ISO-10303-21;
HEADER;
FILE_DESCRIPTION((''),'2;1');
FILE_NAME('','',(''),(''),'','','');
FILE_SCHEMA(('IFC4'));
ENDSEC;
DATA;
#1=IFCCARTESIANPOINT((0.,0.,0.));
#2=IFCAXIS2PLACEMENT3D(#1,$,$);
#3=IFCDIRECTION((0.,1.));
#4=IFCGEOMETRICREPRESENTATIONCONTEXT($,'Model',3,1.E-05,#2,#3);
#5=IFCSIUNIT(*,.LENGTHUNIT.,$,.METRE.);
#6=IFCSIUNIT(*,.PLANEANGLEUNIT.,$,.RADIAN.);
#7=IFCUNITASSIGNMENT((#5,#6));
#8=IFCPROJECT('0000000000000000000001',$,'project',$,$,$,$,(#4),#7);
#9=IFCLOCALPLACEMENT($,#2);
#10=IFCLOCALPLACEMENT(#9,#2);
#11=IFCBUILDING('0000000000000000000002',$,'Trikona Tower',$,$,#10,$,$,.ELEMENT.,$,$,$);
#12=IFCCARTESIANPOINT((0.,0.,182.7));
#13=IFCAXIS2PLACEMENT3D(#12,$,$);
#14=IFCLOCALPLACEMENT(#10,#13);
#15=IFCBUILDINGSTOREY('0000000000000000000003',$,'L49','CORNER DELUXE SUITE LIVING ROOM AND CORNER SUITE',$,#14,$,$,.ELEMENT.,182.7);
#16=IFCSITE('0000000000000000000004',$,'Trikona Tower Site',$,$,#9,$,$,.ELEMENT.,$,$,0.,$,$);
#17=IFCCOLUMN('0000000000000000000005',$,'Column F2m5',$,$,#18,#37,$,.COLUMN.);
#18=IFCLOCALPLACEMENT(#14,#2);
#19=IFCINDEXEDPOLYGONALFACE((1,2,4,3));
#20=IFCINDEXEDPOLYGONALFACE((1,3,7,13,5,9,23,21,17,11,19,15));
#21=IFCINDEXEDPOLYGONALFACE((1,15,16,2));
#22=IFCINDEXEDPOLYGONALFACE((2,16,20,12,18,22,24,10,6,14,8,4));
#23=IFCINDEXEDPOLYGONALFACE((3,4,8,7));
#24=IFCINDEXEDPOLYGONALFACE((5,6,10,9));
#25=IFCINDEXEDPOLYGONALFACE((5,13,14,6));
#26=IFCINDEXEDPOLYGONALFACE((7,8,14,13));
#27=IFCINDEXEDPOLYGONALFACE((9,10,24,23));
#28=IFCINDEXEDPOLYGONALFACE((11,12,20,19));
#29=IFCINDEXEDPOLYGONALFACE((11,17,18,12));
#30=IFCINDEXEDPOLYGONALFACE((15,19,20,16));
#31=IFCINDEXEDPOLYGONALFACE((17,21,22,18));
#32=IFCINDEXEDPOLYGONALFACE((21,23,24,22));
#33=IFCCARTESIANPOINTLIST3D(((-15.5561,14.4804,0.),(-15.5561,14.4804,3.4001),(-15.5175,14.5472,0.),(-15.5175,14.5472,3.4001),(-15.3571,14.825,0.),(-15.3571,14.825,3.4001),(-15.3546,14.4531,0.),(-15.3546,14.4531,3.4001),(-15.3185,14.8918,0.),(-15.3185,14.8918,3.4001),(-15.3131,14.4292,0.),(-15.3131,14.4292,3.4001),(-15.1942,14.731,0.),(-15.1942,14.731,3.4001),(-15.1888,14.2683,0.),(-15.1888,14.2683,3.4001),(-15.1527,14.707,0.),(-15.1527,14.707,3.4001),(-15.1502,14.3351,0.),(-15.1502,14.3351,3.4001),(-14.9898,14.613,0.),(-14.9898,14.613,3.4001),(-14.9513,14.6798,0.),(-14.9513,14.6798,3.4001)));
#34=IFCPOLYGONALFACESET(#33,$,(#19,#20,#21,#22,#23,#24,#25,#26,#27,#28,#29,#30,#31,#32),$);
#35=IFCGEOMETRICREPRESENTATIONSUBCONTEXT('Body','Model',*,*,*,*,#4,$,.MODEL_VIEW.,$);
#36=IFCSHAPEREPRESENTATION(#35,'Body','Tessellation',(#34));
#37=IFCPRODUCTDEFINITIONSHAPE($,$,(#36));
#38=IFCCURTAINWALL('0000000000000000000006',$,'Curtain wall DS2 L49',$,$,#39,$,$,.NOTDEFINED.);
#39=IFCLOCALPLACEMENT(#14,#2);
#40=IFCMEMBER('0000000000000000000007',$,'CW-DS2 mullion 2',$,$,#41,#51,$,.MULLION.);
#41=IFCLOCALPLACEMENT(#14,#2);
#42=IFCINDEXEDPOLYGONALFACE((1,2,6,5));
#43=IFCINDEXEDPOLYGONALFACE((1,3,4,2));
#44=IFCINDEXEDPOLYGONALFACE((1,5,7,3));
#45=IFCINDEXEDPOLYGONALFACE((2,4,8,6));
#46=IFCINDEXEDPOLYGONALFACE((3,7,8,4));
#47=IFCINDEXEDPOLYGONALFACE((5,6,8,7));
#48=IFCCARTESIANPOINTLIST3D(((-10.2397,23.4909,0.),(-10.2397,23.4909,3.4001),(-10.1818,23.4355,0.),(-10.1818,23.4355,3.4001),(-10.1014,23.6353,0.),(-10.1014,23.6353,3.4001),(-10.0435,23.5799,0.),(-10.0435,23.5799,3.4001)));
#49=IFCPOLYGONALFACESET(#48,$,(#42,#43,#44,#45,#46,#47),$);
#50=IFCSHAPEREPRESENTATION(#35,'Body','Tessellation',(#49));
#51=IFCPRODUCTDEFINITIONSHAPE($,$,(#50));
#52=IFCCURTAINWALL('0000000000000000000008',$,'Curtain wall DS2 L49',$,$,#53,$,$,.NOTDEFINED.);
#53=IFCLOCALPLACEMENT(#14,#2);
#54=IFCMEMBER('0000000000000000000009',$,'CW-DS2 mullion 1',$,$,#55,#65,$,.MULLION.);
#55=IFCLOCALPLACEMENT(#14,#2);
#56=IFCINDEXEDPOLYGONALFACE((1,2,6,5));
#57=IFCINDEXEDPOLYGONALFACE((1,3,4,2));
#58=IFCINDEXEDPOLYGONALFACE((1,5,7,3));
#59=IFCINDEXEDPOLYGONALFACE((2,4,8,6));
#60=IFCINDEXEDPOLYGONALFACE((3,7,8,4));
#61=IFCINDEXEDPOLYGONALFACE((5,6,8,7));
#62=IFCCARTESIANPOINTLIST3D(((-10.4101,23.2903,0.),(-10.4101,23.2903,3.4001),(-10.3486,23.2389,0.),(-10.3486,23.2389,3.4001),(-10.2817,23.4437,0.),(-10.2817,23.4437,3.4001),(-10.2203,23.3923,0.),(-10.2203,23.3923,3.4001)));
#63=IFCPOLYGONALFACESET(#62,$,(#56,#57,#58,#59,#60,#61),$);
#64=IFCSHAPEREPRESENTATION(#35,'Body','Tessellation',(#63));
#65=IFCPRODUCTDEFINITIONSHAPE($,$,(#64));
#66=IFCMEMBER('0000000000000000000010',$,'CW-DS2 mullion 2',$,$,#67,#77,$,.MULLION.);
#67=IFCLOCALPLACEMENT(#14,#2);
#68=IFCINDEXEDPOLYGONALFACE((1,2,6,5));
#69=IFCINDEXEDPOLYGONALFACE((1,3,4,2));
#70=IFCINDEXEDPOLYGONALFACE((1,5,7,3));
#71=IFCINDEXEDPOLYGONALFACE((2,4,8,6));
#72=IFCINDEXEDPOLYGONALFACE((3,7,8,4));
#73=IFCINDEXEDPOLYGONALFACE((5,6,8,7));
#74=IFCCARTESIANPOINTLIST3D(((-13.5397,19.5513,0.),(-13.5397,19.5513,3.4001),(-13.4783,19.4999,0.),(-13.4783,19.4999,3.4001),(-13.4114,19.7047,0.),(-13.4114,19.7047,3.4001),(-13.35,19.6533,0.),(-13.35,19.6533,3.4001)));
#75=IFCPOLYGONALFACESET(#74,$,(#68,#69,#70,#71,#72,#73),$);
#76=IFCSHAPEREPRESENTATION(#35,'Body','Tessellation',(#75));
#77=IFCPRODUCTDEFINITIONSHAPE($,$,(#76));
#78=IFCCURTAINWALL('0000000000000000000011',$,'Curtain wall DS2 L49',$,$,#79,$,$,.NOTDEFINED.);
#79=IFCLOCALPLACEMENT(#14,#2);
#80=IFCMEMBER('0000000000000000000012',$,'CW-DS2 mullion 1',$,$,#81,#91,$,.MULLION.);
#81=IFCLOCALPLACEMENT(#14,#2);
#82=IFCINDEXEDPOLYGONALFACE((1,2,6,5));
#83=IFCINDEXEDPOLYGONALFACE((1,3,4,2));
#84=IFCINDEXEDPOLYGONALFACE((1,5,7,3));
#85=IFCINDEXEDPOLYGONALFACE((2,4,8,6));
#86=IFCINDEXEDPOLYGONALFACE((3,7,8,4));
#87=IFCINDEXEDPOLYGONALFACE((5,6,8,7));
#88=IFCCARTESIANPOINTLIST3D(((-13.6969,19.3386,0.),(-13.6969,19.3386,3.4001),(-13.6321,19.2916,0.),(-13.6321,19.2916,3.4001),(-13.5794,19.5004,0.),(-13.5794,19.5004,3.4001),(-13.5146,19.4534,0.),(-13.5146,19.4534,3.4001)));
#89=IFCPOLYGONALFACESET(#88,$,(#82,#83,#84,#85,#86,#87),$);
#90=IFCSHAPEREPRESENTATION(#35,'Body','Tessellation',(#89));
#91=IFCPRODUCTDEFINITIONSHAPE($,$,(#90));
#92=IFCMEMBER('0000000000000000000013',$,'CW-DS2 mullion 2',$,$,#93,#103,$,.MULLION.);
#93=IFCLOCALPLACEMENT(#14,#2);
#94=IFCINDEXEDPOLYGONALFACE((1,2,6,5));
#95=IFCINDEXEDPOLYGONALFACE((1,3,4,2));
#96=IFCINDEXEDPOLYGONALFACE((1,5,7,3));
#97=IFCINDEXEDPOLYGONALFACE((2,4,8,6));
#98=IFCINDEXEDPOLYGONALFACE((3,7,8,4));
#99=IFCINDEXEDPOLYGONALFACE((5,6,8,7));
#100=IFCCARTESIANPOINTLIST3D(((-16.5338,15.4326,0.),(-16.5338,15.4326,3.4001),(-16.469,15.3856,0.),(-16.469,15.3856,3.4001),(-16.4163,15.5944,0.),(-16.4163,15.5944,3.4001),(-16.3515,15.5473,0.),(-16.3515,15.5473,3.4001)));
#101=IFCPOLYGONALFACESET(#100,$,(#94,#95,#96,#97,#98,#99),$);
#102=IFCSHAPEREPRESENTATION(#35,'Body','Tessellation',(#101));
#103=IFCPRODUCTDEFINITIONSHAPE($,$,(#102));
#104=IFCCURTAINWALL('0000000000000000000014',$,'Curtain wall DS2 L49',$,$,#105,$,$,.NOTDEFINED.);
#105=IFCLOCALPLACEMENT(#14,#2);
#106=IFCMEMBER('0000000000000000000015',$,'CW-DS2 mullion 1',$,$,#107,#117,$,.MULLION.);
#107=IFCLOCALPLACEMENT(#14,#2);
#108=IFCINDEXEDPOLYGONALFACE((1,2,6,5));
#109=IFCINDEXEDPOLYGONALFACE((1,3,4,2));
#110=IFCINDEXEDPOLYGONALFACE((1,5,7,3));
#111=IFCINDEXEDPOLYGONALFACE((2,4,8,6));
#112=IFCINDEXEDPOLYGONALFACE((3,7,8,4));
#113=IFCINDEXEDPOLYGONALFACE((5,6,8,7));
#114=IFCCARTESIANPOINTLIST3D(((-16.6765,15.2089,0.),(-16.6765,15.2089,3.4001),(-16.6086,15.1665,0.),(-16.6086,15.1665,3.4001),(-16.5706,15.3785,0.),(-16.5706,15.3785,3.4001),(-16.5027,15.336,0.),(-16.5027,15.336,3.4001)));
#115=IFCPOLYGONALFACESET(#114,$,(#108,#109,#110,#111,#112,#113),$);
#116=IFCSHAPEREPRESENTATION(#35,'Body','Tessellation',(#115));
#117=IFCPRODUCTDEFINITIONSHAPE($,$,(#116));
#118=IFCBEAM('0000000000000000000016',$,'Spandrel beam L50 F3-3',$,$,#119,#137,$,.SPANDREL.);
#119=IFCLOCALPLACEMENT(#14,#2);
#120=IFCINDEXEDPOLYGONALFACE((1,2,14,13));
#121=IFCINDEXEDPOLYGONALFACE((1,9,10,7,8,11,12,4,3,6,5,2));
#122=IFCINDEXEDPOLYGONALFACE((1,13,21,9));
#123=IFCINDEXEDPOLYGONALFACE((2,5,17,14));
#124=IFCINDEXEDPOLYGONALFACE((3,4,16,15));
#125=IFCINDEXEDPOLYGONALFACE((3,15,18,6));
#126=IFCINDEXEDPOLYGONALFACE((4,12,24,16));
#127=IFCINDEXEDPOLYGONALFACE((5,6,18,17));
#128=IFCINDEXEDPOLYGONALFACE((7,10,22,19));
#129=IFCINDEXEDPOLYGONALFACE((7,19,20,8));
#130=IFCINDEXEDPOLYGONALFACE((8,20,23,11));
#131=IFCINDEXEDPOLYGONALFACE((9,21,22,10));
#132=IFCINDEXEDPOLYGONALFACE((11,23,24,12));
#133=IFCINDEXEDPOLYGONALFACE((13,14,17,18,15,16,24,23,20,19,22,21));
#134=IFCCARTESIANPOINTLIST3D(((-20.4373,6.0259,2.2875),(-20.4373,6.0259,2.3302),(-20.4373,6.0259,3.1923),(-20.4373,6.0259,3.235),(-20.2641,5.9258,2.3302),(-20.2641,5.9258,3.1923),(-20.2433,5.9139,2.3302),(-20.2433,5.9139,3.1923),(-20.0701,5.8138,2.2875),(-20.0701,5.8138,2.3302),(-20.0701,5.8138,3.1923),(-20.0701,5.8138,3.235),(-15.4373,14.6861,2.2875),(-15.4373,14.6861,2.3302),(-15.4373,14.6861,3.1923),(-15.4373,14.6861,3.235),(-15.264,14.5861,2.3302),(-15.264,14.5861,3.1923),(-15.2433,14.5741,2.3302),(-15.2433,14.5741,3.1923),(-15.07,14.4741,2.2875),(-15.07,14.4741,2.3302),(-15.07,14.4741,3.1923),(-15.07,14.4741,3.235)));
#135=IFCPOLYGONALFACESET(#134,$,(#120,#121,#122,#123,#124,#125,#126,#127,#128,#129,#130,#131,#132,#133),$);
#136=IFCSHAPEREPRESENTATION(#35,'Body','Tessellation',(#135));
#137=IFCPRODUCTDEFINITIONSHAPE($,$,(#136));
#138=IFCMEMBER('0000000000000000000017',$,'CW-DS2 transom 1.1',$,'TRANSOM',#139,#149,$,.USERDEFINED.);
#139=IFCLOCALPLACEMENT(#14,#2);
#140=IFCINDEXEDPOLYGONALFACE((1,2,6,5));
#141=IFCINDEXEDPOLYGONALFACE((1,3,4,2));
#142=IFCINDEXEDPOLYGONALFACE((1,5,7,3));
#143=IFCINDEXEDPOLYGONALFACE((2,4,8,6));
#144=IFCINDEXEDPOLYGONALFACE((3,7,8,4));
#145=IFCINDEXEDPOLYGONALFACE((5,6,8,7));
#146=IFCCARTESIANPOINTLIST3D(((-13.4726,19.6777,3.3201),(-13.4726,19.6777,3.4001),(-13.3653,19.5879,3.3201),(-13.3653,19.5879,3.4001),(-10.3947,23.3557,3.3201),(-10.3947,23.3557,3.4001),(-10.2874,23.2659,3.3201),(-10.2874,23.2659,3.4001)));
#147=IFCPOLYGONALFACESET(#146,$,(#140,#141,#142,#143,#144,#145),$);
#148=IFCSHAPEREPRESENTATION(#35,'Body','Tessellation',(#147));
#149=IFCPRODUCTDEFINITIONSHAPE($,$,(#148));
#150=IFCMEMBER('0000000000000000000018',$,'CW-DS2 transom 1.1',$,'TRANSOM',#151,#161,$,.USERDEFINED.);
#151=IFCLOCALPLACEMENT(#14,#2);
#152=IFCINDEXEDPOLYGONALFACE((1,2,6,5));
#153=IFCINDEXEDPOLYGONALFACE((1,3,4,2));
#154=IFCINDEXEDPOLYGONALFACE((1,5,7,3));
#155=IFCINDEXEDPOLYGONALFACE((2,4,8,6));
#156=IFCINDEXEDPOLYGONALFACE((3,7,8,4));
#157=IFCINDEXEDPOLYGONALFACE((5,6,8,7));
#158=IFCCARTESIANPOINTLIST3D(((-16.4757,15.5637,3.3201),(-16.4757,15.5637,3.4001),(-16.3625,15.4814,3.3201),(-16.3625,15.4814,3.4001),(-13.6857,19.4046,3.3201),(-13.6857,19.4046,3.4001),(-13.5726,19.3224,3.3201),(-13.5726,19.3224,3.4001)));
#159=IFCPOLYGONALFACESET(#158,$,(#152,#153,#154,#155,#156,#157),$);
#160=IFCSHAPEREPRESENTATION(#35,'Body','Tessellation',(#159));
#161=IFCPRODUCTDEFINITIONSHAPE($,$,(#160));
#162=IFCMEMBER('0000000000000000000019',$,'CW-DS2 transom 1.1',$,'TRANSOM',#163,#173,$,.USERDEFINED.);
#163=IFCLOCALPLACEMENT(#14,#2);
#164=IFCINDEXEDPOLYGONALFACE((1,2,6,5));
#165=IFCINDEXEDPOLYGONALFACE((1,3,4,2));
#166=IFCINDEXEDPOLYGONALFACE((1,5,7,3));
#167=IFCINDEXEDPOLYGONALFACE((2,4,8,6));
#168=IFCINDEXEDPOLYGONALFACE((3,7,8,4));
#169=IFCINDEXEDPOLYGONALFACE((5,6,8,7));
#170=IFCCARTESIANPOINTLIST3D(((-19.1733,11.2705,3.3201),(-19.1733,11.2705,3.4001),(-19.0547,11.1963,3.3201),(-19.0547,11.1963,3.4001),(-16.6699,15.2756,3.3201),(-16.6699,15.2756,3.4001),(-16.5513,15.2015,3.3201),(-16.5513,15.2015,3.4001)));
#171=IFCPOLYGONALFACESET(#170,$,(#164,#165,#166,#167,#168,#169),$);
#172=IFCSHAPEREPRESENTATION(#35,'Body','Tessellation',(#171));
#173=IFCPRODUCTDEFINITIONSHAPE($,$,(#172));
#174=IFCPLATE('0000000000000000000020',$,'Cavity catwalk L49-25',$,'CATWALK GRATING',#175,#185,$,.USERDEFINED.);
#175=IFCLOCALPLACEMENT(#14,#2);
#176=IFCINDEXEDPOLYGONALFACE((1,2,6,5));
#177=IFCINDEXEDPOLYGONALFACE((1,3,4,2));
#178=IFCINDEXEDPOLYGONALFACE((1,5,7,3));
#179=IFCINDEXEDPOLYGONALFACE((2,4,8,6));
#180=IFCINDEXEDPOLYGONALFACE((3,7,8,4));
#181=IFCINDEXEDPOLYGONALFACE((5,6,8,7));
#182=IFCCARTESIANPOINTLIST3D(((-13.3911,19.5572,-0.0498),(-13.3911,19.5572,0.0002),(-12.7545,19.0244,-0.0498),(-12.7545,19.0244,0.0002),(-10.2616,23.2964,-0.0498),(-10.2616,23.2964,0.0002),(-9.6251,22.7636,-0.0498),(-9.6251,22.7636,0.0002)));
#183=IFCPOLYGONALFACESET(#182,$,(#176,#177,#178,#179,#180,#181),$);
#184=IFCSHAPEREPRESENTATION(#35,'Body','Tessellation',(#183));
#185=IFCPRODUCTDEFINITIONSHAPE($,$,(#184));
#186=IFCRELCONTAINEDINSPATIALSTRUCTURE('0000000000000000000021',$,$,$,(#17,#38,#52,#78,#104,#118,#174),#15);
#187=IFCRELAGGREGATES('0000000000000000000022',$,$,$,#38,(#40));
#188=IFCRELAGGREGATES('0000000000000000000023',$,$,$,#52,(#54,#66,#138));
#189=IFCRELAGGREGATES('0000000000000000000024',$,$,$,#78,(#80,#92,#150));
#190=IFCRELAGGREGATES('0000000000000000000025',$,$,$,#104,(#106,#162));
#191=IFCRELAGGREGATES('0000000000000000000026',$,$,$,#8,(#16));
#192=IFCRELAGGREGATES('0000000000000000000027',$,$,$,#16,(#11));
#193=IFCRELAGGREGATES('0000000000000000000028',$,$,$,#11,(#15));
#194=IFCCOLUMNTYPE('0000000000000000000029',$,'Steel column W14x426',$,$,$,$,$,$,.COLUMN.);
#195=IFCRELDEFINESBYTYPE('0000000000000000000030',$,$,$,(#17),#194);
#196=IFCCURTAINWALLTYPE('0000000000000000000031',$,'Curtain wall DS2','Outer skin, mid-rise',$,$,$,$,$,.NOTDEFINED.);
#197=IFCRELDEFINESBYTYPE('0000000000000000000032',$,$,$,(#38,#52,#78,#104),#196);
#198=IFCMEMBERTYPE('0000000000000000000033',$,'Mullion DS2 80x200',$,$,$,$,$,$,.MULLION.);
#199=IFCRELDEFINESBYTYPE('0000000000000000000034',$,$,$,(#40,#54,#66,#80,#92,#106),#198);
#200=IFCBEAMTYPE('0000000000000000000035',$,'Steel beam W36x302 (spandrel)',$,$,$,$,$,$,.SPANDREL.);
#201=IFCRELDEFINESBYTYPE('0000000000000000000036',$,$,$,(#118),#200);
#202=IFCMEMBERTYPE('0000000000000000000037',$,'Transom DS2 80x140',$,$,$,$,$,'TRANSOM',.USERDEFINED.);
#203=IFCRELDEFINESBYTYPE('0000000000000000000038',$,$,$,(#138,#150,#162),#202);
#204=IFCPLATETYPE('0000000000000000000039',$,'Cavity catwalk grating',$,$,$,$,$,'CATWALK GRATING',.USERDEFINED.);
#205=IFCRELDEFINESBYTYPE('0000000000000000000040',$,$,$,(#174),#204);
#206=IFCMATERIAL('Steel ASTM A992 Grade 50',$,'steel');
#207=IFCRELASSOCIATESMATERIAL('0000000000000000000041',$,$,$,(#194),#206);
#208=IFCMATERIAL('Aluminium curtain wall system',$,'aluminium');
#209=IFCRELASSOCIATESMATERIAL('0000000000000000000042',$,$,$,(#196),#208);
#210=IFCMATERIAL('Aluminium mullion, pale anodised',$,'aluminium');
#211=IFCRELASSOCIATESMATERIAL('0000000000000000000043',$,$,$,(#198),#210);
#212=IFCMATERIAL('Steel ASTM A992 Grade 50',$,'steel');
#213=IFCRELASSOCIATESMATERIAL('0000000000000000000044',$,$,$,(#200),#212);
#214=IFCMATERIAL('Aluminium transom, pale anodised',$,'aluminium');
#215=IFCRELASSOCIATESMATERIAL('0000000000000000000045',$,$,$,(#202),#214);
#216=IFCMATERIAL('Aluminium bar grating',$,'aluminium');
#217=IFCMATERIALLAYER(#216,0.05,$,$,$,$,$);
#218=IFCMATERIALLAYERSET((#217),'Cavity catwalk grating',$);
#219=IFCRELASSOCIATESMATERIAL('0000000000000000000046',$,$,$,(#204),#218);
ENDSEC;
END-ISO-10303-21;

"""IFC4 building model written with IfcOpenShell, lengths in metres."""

from ifc_helpers import new_model, si_unit, direction, frame, origin, origin_2d, place, context, subcontext, project, spatial, rectangle, i_section, extrude, material, layer, layer_set, material_profile, profile_set, type_object, element, aggregate, save


model = new_model("IFC4")

# Units and contexts
model_context = context("Model", 3, precision=1e-05, world=origin(), true_north=direction((0.0, 1.0)))
body_context = subcontext(model_context, "Body", "Model", "MODEL_VIEW")
ifc_project = project(units=[si_unit("LENGTHUNIT", "METRE"), si_unit("PLANEANGLEUNIT", "RADIAN")], contexts=[model_context])

# Site, building, storey
site_placement = place(None, origin())
site = spatial("IfcSite", under=ifc_project, at=site_placement, Name="Trikona Tower Site", CompositionType="ELEMENT", RefElevation=0.0)
building_placement = place(site_placement, origin())
building = spatial("IfcBuilding", under=site, at=building_placement, Name="Trikona Tower", CompositionType="ELEMENT")
storey_placement = place(building_placement, frame((0.0, 0.0, 182.7)))
storey = spatial("IfcBuildingStorey", under=building, at=storey_placement, Name="L49", Description="CORNER DELUXE SUITE LIVING ROOM AND CORNER SUITE", CompositionType="ELEMENT", Elevation=182.7)

# Column
ifc_material_1 = material(Name="Steel ASTM A992 Grade 50", Category="steel")
ifc_material_profile_1 = material_profile(ifc_material_1, i_section(OverallWidth=0.4241, OverallDepth=0.4751, WebThickness=0.0479, FlangeThickness=0.0771, at=origin_2d()), Name="W14X426")
ifc_profile_set_1 = profile_set([ifc_material_profile_1], Name="Steel ASTM A992 Grade 50")
column_type = type_object("IfcColumnType", Name="Steel column W14x426", PredefinedType="COLUMN", material=ifc_profile_set_1)
column_placement = place(storey_placement, frame((-15.2537, 14.5801, 0.0), z_axis=(0.0, 0.0, 1.0), x_axis=(-0.866025, 0.5, 0.0)))
element("IfcColumn", 1, at=column_placement, inside=storey, type_object=column_type, Name="Column F2m5", PredefinedType="COLUMN", context=body_context, shape_type="SweptSolid", body=[
    extrude(i_section(OverallWidth=0.4241, OverallDepth=0.4751, WebThickness=0.0479, FlangeThickness=0.0771, at=origin_2d()), origin(), (0.0, 0.0, 1.0), 3.4001),
])

# Curtain wall, member
ifc_material_2 = material(Name="Aluminium curtain wall system", Category="aluminium")
curtain_wall_type = type_object("IfcCurtainWallType", Name="Curtain wall DS2", Description="Outer skin, mid-rise", PredefinedType="NOTDEFINED", material=ifc_material_2)
curtain_wall_1_placement = place(storey_placement, origin())
curtain_wall_1 = element("IfcCurtainWall", 2, at=curtain_wall_1_placement, inside=storey, type_object=curtain_wall_type, Name="Curtain wall DS2 L49", PredefinedType="NOTDEFINED")
ifc_material_3 = material(Name="Aluminium mullion, pale anodised", Category="aluminium")
ifc_material_profile_2 = material_profile(ifc_material_3, rectangle(XDim=0.0801, YDim=0.2, at=origin_2d()), Name="MUL-DS2")
ifc_profile_set_2 = profile_set([ifc_material_profile_2], Name="Aluminium mullion, pale anodised")
member_type_1 = type_object("IfcMemberType", Name="Mullion DS2 80x200", PredefinedType="MULLION", material=ifc_profile_set_2)
member_1_placement = place(storey_placement, frame((-10.1416, 23.5354, 0.0), z_axis=(0.0, 0.0, 1.0), x_axis=(0.722158, -0.691728, 0.0)))
member_1 = element("IfcMember", 3, at=member_1_placement, type_object=member_type_1, Name="CW-DS2 mullion 2", PredefinedType="MULLION", context=body_context, shape_type="SweptSolid", body=[
    extrude(rectangle(XDim=0.0801, YDim=0.2, at=origin_2d()), origin(), (0.0, 0.0, 1.0), 3.4001),
])
aggregate(curtain_wall_1, [member_1])

# Curtain walls, members
curtain_wall_2_placement = place(storey_placement, origin())
curtain_wall_2 = element("IfcCurtainWall", 4, at=curtain_wall_2_placement, inside=storey, type_object=curtain_wall_type, Name="Curtain wall DS2 L49", PredefinedType="NOTDEFINED")
member_2_placement = place(storey_placement, frame((-10.3152, 23.3413, 0.0), z_axis=(0.0, 0.0, 1.0), x_axis=(0.766867, -0.641806, 0.0)))
member_2 = element("IfcMember", 5, at=member_2_placement, type_object=member_type_1, Name="CW-DS2 mullion 1", PredefinedType="MULLION", context=body_context, shape_type="SweptSolid", body=[
    extrude(rectangle(XDim=0.0801, YDim=0.2, at=origin_2d()), origin(), (0.0, 0.0, 1.0), 3.4001),
])
member_3_placement = place(storey_placement, frame((-13.4448, 19.6023, 0.0), z_axis=(0.0, 0.0, 1.0), x_axis=(0.766867, -0.641806, 0.0)))
member_3 = element("IfcMember", 6, at=member_3_placement, type_object=member_type_1, Name="CW-DS2 mullion 2", PredefinedType="MULLION", context=body_context, shape_type="SweptSolid", body=[
    extrude(rectangle(XDim=0.0801, YDim=0.2, at=origin_2d()), origin(), (0.0, 0.0, 1.0), 3.4001),
])
curtain_wall_3_placement = place(storey_placement, origin())
curtain_wall_3 = element("IfcCurtainWall", 7, at=curtain_wall_3_placement, inside=storey, type_object=curtain_wall_type, Name="Curtain wall DS2 L49", PredefinedType="NOTDEFINED")
member_4_placement = place(storey_placement, frame((-13.6057, 19.396, 0.0), z_axis=(0.0, 0.0, 1.0), x_axis=(0.809086, -0.587691, 0.0)))
member_4 = element("IfcMember", 8, at=member_4_placement, type_object=member_type_1, Name="CW-DS2 mullion 1", PredefinedType="MULLION", context=body_context, shape_type="SweptSolid", body=[
    extrude(rectangle(XDim=0.0801, YDim=0.2, at=origin_2d()), origin(), (0.0, 0.0, 1.0), 3.4001),
])
member_5_placement = place(storey_placement, frame((-16.4426, 15.49, 0.0), z_axis=(0.0, 0.0, 1.0), x_axis=(0.809086, -0.587691, 0.0)))
member_5 = element("IfcMember", 9, at=member_5_placement, type_object=member_type_1, Name="CW-DS2 mullion 2", PredefinedType="MULLION", context=body_context, shape_type="SweptSolid", body=[
    extrude(rectangle(XDim=0.0801, YDim=0.2, at=origin_2d()), origin(), (0.0, 0.0, 1.0), 3.4001),
])

# Curtain wall, member
curtain_wall_4_placement = place(storey_placement, origin())
curtain_wall_4 = element("IfcCurtainWall", 10, at=curtain_wall_4_placement, inside=storey, type_object=curtain_wall_type, Name="Curtain wall DS2 L49", PredefinedType="NOTDEFINED")
member_6_placement = place(storey_placement, frame((-16.5896, 15.2725, 0.0), z_axis=(0.0, 0.0, 1.0), x_axis=(0.847998, -0.529999, 0.0)))
member_6 = element("IfcMember", 11, at=member_6_placement, type_object=member_type_1, Name="CW-DS2 mullion 1", PredefinedType="MULLION", context=body_context, shape_type="SweptSolid", body=[
    extrude(rectangle(XDim=0.0801, YDim=0.2, at=origin_2d()), origin(), (0.0, 0.0, 1.0), 3.4001),
])

# Beam
ifc_material_4 = material(Name="Steel ASTM A992 Grade 50", Category="steel")
ifc_material_profile_3 = material_profile(ifc_material_4, i_section(OverallWidth=0.4241, OverallDepth=0.9475, WebThickness=0.0239, FlangeThickness=0.0427, at=origin_2d()), Name="W36X302")
ifc_profile_set_3 = profile_set([ifc_material_profile_3], Name="Steel ASTM A992 Grade 50")
beam_type = type_object("IfcBeamType", Name="Steel beam W36x302 (spandrel)", PredefinedType="SPANDREL", material=ifc_profile_set_3)
beam_placement = place(storey_placement, frame((-15.2537, 14.5801, 2.7612), z_axis=(-0.500004, -0.866023, 0.0), x_axis=(0.866023, -0.500004, 0.0)))
element("IfcBeam", 12, at=beam_placement, inside=storey, type_object=beam_type, Name="Spandrel beam L50 F3-3", PredefinedType="SPANDREL", context=body_context, shape_type="SweptSolid", body=[
    extrude(i_section(OverallWidth=0.4241, OverallDepth=0.9475, WebThickness=0.0239, FlangeThickness=0.0427, at=origin_2d()), origin(), (0.0, 0.0, 1.0), 10.0),
])

# Members
ifc_material_5 = material(Name="Aluminium transom, pale anodised", Category="aluminium")
ifc_material_profile_4 = material_profile(ifc_material_5, rectangle(XDim=0.1399, YDim=0.0801, at=origin_2d()), Name="TRN-DS2")
ifc_profile_set_4 = profile_set([ifc_material_profile_4], Name="Aluminium transom, pale anodised")
member_type_2 = type_object("IfcMemberType", Name="Transom DS2 80x140", ElementType="TRANSOM", PredefinedType="USERDEFINED", material=ifc_profile_set_4)
member_7_placement = place(storey_placement, frame((-10.3411, 23.3108, 3.3601), z_axis=(-0.64177, -0.766897, 0.0), x_axis=(0.766897, -0.64177, 0.0)))
member_7 = element("IfcMember", 13, at=member_7_placement, type_object=member_type_2, Name="CW-DS2 transom 1.1", ObjectType="TRANSOM", PredefinedType="USERDEFINED", context=body_context, shape_type="SweptSolid", body=[
    extrude(rectangle(XDim=0.1399, YDim=0.0801, at=origin_2d()), origin(), (0.0, 0.0, 1.0), 4.7959),
])
member_8_placement = place(storey_placement, frame((-13.6292, 19.3635, 3.3601), z_axis=(-0.587695, -0.809083, 0.0), x_axis=(0.809083, -0.587695, 0.0)))
member_8 = element("IfcMember", 14, at=member_8_placement, type_object=member_type_2, Name="CW-DS2 transom 1.1", ObjectType="TRANSOM", PredefinedType="USERDEFINED", context=body_context, shape_type="SweptSolid", body=[
    extrude(rectangle(XDim=0.1399, YDim=0.0801, at=origin_2d()), origin(), (0.0, 0.0, 1.0), 4.7473),
])
member_9_placement = place(storey_placement, frame((-16.6106, 15.2385, 3.3601), z_axis=(-0.530031, -0.847978, 0.0), x_axis=(0.847978, -0.530031, 0.0)))
member_9 = element("IfcMember", 15, at=member_9_placement, type_object=member_type_2, Name="CW-DS2 transom 1.1", ObjectType="TRANSOM", PredefinedType="USERDEFINED", context=body_context, shape_type="SweptSolid", body=[
    extrude(rectangle(XDim=0.1399, YDim=0.0801, at=origin_2d()), origin(), (0.0, 0.0, 1.0), 4.7231),
])

# Plate
ifc_material_6 = material(Name="Aluminium bar grating", Category="aluminium")
ifc_layer_1 = layer(ifc_material_6, 0.05)
ifc_layer_set_1 = layer_set([ifc_layer_1], Name="Cavity catwalk grating")
plate_type_1 = type_object("IfcPlateType", Name="Cavity catwalk grating", ElementType="CATWALK GRATING", PredefinedType="USERDEFINED", material=ifc_layer_set_1)
plate_1_placement = place(storey_placement, frame((-11.5081, 21.1604, -0.0498), z_axis=(0.0, 0.0, 1.0), x_axis=(-0.641807, -0.766866, 0.0)))
element("IfcPlate", 16, at=plate_1_placement, inside=storey, type_object=plate_type_1, Name="Cavity catwalk L49-25", ObjectType="CATWALK GRATING", PredefinedType="USERDEFINED", context=body_context, shape_type="SweptSolid", body=[
    extrude(rectangle(XDim=4.876, YDim=0.8301, at=origin_2d()), origin(), (0.0, 0.0, 1.0), 0.05),
])

aggregate(curtain_wall_2, [member_2, member_3, member_7])
aggregate(curtain_wall_3, [member_4, member_5, member_8])
aggregate(curtain_wall_4, [member_6, member_9])

save(model, "model.ifc")
